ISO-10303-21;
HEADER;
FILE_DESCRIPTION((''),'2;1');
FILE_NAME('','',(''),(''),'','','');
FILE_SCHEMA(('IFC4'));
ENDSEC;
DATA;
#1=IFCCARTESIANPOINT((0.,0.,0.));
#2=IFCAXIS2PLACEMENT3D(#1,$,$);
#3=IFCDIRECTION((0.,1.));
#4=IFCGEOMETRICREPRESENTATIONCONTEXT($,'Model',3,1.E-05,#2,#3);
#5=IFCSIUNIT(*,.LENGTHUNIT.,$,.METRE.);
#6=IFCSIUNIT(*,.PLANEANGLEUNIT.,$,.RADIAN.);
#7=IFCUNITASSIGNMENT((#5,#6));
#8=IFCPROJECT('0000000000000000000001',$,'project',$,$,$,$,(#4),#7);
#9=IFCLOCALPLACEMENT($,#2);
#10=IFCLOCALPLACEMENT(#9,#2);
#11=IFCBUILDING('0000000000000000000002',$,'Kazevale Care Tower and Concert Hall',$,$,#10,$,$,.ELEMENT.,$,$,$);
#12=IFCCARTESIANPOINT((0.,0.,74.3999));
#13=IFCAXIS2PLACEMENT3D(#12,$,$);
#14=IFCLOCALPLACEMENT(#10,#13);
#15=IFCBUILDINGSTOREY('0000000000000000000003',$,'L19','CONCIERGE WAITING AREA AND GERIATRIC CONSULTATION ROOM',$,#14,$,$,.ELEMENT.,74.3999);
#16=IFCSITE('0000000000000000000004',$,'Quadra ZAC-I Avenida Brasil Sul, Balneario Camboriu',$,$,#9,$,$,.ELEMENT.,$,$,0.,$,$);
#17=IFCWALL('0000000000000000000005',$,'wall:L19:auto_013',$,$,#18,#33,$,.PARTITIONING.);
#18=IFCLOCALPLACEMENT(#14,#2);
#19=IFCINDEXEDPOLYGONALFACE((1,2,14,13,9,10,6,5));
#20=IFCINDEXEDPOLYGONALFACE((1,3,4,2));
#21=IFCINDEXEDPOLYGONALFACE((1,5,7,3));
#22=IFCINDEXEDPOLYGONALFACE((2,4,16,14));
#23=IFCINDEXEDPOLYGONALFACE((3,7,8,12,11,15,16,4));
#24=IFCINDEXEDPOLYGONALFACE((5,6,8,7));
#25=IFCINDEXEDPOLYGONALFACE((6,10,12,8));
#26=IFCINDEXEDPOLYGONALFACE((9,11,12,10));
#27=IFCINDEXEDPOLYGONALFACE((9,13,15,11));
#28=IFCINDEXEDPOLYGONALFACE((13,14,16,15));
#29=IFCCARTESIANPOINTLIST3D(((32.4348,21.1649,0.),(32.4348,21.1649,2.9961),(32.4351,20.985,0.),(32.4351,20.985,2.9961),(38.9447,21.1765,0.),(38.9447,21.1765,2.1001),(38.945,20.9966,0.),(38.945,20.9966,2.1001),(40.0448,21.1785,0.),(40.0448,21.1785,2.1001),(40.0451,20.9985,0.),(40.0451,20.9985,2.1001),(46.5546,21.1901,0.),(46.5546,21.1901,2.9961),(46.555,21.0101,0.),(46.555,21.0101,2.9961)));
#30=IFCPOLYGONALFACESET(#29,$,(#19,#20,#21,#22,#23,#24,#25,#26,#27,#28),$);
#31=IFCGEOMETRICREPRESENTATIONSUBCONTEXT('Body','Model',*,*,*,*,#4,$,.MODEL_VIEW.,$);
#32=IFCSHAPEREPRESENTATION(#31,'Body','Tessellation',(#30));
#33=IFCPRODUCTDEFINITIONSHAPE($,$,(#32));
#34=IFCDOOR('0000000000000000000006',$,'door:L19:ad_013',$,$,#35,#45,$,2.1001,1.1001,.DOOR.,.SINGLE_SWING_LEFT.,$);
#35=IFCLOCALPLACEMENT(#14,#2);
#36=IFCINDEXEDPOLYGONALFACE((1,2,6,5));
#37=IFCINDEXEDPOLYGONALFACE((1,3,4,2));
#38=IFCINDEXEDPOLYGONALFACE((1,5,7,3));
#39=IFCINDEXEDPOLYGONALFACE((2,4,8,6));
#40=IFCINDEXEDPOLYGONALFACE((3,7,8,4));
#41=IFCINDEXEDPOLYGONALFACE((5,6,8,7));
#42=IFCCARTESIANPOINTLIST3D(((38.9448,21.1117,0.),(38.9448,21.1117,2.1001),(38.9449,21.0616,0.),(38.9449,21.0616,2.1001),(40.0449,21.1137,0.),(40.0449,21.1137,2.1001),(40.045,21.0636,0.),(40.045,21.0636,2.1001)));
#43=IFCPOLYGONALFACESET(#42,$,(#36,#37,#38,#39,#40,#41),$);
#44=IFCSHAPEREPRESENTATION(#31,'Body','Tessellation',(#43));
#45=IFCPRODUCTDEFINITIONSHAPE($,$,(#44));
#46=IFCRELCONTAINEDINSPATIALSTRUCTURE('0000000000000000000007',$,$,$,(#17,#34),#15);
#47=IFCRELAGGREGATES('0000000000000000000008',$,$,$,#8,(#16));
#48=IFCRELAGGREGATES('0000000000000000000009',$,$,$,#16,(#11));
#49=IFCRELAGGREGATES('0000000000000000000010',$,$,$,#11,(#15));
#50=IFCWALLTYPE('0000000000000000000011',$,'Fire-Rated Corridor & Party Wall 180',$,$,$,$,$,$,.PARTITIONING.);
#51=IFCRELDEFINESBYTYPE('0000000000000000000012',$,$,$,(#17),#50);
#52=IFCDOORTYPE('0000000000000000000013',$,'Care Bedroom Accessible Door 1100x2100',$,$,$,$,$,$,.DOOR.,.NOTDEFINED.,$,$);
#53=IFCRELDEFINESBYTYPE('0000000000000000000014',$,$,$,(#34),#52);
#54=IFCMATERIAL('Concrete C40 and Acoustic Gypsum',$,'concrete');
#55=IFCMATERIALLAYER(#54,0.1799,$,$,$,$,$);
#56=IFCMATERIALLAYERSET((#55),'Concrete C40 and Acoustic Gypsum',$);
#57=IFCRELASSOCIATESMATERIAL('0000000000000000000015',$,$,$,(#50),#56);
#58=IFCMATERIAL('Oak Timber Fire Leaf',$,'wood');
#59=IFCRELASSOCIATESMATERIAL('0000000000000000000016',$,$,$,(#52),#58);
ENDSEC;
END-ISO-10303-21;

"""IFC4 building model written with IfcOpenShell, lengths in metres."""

from ifc_helpers import new_model, si_unit, direction, frame, frame_2d, origin, place, context, subcontext, project, spatial, rectangle, extrude, material, layer, layer_set, type_object, element, fill, save


model = new_model("IFC4")

# Units and contexts
model_context = context("Model", 3, precision=1e-05, world=origin(), true_north=direction((0.0, 1.0)))
body_context = subcontext(model_context, "Body", "Model", "MODEL_VIEW")
ifc_project = project(units=[si_unit("LENGTHUNIT", "METRE"), si_unit("PLANEANGLEUNIT", "RADIAN")], contexts=[model_context])

# Site, building, storey
site_placement = place(None, origin())
site = spatial("IfcSite", under=ifc_project, at=site_placement, Name="Quadra ZAC-I Avenida Brasil Sul, Balneario Camboriu", CompositionType="ELEMENT", RefElevation=0.0)
building_placement = place(site_placement, origin())
building = spatial("IfcBuilding", under=site, at=building_placement, Name="Kazevale Care Tower and Concert Hall", CompositionType="ELEMENT")
storey_placement = place(building_placement, frame((0.0, 0.0, 74.3999)))
storey = spatial("IfcBuildingStorey", under=building, at=storey_placement, Name="L19", Description="CONCIERGE WAITING AREA AND GERIATRIC CONSULTATION ROOM", CompositionType="ELEMENT", Elevation=74.3999)

# Wall, opening, door
ifc_material_1 = material(Name="Concrete C40 and Acoustic Gypsum", Category="concrete")
ifc_layer_1 = layer(ifc_material_1, 0.1799)
ifc_layer_set_1 = layer_set([ifc_layer_1], Name="Concrete C40 and Acoustic Gypsum")
wall_type_1 = type_object("IfcWallType", Name="Fire-Rated Corridor & Party Wall 180", PredefinedType="PARTITIONING", material=ifc_layer_set_1)
ifc_material_2 = material(Name="Oak Timber Fire Leaf", Category="wood")
door_type_1 = type_object("IfcDoorType", Name="Care Bedroom Accessible Door 1100x2100", OperationType="NOTDEFINED", PredefinedType="DOOR", material=ifc_material_2)
wall_1_placement = place(storey_placement, frame((46.5549, 21.1001, 0.0), z_axis=(0.0, 0.0, 1.0), x_axis=(-0.999998, -0.001781, 0.0)))
wall_1 = element("IfcWall", 1, at=wall_1_placement, inside=storey, type_object=wall_type_1, Name="wall:L19:auto_013", PredefinedType="PARTITIONING", context=body_context, shape_type="SweptSolid", body=[
    extrude(rectangle(XDim=14.1199, YDim=0.1799, at=frame_2d((7.0601, 0.0))), origin(), (0.0, 0.0, 1.0), 2.9961),
])
opening_1_placement = place(wall_1_placement, frame((6.51, 0.0, 0.0)))
opening_1 = element("IfcOpeningElement", 2, at=opening_1_placement, cuts=wall_1, PredefinedType="OPENING", context=body_context, shape_type="SweptSolid", body=[
    extrude(rectangle(XDim=1.1001, YDim=2.1001, at=frame_2d((0.55, 1.05))), frame((0.0, 0.0999, 0.0), z_axis=(0.0, -1.0, 0.0), x_axis=(1.0, 0.0, 0.0)), (0.0, 0.0, 1.0), 0.2),
])
door_1_placement = place(opening_1_placement, origin())
door_1 = element("IfcDoor", 3, at=door_1_placement, inside=storey, type_object=door_type_1, Name="door:L19:ad_013", OperationType="SINGLE_SWING_LEFT", OverallHeight=2.1001, OverallWidth=1.1001, PredefinedType="DOOR", context=body_context, shape_type="SweptSolid", body=[
    extrude(rectangle(XDim=1.1001, YDim=2.1001, at=frame_2d((0.55, 1.05))), frame((0.0, 0.0249, 0.0), z_axis=(0.0, -1.0, 0.0), x_axis=(1.0, 0.0, 0.0)), (0.0, 0.0, 1.0), 0.05),
])
fill(opening_1, door_1)

save(model, "model.ifc")
